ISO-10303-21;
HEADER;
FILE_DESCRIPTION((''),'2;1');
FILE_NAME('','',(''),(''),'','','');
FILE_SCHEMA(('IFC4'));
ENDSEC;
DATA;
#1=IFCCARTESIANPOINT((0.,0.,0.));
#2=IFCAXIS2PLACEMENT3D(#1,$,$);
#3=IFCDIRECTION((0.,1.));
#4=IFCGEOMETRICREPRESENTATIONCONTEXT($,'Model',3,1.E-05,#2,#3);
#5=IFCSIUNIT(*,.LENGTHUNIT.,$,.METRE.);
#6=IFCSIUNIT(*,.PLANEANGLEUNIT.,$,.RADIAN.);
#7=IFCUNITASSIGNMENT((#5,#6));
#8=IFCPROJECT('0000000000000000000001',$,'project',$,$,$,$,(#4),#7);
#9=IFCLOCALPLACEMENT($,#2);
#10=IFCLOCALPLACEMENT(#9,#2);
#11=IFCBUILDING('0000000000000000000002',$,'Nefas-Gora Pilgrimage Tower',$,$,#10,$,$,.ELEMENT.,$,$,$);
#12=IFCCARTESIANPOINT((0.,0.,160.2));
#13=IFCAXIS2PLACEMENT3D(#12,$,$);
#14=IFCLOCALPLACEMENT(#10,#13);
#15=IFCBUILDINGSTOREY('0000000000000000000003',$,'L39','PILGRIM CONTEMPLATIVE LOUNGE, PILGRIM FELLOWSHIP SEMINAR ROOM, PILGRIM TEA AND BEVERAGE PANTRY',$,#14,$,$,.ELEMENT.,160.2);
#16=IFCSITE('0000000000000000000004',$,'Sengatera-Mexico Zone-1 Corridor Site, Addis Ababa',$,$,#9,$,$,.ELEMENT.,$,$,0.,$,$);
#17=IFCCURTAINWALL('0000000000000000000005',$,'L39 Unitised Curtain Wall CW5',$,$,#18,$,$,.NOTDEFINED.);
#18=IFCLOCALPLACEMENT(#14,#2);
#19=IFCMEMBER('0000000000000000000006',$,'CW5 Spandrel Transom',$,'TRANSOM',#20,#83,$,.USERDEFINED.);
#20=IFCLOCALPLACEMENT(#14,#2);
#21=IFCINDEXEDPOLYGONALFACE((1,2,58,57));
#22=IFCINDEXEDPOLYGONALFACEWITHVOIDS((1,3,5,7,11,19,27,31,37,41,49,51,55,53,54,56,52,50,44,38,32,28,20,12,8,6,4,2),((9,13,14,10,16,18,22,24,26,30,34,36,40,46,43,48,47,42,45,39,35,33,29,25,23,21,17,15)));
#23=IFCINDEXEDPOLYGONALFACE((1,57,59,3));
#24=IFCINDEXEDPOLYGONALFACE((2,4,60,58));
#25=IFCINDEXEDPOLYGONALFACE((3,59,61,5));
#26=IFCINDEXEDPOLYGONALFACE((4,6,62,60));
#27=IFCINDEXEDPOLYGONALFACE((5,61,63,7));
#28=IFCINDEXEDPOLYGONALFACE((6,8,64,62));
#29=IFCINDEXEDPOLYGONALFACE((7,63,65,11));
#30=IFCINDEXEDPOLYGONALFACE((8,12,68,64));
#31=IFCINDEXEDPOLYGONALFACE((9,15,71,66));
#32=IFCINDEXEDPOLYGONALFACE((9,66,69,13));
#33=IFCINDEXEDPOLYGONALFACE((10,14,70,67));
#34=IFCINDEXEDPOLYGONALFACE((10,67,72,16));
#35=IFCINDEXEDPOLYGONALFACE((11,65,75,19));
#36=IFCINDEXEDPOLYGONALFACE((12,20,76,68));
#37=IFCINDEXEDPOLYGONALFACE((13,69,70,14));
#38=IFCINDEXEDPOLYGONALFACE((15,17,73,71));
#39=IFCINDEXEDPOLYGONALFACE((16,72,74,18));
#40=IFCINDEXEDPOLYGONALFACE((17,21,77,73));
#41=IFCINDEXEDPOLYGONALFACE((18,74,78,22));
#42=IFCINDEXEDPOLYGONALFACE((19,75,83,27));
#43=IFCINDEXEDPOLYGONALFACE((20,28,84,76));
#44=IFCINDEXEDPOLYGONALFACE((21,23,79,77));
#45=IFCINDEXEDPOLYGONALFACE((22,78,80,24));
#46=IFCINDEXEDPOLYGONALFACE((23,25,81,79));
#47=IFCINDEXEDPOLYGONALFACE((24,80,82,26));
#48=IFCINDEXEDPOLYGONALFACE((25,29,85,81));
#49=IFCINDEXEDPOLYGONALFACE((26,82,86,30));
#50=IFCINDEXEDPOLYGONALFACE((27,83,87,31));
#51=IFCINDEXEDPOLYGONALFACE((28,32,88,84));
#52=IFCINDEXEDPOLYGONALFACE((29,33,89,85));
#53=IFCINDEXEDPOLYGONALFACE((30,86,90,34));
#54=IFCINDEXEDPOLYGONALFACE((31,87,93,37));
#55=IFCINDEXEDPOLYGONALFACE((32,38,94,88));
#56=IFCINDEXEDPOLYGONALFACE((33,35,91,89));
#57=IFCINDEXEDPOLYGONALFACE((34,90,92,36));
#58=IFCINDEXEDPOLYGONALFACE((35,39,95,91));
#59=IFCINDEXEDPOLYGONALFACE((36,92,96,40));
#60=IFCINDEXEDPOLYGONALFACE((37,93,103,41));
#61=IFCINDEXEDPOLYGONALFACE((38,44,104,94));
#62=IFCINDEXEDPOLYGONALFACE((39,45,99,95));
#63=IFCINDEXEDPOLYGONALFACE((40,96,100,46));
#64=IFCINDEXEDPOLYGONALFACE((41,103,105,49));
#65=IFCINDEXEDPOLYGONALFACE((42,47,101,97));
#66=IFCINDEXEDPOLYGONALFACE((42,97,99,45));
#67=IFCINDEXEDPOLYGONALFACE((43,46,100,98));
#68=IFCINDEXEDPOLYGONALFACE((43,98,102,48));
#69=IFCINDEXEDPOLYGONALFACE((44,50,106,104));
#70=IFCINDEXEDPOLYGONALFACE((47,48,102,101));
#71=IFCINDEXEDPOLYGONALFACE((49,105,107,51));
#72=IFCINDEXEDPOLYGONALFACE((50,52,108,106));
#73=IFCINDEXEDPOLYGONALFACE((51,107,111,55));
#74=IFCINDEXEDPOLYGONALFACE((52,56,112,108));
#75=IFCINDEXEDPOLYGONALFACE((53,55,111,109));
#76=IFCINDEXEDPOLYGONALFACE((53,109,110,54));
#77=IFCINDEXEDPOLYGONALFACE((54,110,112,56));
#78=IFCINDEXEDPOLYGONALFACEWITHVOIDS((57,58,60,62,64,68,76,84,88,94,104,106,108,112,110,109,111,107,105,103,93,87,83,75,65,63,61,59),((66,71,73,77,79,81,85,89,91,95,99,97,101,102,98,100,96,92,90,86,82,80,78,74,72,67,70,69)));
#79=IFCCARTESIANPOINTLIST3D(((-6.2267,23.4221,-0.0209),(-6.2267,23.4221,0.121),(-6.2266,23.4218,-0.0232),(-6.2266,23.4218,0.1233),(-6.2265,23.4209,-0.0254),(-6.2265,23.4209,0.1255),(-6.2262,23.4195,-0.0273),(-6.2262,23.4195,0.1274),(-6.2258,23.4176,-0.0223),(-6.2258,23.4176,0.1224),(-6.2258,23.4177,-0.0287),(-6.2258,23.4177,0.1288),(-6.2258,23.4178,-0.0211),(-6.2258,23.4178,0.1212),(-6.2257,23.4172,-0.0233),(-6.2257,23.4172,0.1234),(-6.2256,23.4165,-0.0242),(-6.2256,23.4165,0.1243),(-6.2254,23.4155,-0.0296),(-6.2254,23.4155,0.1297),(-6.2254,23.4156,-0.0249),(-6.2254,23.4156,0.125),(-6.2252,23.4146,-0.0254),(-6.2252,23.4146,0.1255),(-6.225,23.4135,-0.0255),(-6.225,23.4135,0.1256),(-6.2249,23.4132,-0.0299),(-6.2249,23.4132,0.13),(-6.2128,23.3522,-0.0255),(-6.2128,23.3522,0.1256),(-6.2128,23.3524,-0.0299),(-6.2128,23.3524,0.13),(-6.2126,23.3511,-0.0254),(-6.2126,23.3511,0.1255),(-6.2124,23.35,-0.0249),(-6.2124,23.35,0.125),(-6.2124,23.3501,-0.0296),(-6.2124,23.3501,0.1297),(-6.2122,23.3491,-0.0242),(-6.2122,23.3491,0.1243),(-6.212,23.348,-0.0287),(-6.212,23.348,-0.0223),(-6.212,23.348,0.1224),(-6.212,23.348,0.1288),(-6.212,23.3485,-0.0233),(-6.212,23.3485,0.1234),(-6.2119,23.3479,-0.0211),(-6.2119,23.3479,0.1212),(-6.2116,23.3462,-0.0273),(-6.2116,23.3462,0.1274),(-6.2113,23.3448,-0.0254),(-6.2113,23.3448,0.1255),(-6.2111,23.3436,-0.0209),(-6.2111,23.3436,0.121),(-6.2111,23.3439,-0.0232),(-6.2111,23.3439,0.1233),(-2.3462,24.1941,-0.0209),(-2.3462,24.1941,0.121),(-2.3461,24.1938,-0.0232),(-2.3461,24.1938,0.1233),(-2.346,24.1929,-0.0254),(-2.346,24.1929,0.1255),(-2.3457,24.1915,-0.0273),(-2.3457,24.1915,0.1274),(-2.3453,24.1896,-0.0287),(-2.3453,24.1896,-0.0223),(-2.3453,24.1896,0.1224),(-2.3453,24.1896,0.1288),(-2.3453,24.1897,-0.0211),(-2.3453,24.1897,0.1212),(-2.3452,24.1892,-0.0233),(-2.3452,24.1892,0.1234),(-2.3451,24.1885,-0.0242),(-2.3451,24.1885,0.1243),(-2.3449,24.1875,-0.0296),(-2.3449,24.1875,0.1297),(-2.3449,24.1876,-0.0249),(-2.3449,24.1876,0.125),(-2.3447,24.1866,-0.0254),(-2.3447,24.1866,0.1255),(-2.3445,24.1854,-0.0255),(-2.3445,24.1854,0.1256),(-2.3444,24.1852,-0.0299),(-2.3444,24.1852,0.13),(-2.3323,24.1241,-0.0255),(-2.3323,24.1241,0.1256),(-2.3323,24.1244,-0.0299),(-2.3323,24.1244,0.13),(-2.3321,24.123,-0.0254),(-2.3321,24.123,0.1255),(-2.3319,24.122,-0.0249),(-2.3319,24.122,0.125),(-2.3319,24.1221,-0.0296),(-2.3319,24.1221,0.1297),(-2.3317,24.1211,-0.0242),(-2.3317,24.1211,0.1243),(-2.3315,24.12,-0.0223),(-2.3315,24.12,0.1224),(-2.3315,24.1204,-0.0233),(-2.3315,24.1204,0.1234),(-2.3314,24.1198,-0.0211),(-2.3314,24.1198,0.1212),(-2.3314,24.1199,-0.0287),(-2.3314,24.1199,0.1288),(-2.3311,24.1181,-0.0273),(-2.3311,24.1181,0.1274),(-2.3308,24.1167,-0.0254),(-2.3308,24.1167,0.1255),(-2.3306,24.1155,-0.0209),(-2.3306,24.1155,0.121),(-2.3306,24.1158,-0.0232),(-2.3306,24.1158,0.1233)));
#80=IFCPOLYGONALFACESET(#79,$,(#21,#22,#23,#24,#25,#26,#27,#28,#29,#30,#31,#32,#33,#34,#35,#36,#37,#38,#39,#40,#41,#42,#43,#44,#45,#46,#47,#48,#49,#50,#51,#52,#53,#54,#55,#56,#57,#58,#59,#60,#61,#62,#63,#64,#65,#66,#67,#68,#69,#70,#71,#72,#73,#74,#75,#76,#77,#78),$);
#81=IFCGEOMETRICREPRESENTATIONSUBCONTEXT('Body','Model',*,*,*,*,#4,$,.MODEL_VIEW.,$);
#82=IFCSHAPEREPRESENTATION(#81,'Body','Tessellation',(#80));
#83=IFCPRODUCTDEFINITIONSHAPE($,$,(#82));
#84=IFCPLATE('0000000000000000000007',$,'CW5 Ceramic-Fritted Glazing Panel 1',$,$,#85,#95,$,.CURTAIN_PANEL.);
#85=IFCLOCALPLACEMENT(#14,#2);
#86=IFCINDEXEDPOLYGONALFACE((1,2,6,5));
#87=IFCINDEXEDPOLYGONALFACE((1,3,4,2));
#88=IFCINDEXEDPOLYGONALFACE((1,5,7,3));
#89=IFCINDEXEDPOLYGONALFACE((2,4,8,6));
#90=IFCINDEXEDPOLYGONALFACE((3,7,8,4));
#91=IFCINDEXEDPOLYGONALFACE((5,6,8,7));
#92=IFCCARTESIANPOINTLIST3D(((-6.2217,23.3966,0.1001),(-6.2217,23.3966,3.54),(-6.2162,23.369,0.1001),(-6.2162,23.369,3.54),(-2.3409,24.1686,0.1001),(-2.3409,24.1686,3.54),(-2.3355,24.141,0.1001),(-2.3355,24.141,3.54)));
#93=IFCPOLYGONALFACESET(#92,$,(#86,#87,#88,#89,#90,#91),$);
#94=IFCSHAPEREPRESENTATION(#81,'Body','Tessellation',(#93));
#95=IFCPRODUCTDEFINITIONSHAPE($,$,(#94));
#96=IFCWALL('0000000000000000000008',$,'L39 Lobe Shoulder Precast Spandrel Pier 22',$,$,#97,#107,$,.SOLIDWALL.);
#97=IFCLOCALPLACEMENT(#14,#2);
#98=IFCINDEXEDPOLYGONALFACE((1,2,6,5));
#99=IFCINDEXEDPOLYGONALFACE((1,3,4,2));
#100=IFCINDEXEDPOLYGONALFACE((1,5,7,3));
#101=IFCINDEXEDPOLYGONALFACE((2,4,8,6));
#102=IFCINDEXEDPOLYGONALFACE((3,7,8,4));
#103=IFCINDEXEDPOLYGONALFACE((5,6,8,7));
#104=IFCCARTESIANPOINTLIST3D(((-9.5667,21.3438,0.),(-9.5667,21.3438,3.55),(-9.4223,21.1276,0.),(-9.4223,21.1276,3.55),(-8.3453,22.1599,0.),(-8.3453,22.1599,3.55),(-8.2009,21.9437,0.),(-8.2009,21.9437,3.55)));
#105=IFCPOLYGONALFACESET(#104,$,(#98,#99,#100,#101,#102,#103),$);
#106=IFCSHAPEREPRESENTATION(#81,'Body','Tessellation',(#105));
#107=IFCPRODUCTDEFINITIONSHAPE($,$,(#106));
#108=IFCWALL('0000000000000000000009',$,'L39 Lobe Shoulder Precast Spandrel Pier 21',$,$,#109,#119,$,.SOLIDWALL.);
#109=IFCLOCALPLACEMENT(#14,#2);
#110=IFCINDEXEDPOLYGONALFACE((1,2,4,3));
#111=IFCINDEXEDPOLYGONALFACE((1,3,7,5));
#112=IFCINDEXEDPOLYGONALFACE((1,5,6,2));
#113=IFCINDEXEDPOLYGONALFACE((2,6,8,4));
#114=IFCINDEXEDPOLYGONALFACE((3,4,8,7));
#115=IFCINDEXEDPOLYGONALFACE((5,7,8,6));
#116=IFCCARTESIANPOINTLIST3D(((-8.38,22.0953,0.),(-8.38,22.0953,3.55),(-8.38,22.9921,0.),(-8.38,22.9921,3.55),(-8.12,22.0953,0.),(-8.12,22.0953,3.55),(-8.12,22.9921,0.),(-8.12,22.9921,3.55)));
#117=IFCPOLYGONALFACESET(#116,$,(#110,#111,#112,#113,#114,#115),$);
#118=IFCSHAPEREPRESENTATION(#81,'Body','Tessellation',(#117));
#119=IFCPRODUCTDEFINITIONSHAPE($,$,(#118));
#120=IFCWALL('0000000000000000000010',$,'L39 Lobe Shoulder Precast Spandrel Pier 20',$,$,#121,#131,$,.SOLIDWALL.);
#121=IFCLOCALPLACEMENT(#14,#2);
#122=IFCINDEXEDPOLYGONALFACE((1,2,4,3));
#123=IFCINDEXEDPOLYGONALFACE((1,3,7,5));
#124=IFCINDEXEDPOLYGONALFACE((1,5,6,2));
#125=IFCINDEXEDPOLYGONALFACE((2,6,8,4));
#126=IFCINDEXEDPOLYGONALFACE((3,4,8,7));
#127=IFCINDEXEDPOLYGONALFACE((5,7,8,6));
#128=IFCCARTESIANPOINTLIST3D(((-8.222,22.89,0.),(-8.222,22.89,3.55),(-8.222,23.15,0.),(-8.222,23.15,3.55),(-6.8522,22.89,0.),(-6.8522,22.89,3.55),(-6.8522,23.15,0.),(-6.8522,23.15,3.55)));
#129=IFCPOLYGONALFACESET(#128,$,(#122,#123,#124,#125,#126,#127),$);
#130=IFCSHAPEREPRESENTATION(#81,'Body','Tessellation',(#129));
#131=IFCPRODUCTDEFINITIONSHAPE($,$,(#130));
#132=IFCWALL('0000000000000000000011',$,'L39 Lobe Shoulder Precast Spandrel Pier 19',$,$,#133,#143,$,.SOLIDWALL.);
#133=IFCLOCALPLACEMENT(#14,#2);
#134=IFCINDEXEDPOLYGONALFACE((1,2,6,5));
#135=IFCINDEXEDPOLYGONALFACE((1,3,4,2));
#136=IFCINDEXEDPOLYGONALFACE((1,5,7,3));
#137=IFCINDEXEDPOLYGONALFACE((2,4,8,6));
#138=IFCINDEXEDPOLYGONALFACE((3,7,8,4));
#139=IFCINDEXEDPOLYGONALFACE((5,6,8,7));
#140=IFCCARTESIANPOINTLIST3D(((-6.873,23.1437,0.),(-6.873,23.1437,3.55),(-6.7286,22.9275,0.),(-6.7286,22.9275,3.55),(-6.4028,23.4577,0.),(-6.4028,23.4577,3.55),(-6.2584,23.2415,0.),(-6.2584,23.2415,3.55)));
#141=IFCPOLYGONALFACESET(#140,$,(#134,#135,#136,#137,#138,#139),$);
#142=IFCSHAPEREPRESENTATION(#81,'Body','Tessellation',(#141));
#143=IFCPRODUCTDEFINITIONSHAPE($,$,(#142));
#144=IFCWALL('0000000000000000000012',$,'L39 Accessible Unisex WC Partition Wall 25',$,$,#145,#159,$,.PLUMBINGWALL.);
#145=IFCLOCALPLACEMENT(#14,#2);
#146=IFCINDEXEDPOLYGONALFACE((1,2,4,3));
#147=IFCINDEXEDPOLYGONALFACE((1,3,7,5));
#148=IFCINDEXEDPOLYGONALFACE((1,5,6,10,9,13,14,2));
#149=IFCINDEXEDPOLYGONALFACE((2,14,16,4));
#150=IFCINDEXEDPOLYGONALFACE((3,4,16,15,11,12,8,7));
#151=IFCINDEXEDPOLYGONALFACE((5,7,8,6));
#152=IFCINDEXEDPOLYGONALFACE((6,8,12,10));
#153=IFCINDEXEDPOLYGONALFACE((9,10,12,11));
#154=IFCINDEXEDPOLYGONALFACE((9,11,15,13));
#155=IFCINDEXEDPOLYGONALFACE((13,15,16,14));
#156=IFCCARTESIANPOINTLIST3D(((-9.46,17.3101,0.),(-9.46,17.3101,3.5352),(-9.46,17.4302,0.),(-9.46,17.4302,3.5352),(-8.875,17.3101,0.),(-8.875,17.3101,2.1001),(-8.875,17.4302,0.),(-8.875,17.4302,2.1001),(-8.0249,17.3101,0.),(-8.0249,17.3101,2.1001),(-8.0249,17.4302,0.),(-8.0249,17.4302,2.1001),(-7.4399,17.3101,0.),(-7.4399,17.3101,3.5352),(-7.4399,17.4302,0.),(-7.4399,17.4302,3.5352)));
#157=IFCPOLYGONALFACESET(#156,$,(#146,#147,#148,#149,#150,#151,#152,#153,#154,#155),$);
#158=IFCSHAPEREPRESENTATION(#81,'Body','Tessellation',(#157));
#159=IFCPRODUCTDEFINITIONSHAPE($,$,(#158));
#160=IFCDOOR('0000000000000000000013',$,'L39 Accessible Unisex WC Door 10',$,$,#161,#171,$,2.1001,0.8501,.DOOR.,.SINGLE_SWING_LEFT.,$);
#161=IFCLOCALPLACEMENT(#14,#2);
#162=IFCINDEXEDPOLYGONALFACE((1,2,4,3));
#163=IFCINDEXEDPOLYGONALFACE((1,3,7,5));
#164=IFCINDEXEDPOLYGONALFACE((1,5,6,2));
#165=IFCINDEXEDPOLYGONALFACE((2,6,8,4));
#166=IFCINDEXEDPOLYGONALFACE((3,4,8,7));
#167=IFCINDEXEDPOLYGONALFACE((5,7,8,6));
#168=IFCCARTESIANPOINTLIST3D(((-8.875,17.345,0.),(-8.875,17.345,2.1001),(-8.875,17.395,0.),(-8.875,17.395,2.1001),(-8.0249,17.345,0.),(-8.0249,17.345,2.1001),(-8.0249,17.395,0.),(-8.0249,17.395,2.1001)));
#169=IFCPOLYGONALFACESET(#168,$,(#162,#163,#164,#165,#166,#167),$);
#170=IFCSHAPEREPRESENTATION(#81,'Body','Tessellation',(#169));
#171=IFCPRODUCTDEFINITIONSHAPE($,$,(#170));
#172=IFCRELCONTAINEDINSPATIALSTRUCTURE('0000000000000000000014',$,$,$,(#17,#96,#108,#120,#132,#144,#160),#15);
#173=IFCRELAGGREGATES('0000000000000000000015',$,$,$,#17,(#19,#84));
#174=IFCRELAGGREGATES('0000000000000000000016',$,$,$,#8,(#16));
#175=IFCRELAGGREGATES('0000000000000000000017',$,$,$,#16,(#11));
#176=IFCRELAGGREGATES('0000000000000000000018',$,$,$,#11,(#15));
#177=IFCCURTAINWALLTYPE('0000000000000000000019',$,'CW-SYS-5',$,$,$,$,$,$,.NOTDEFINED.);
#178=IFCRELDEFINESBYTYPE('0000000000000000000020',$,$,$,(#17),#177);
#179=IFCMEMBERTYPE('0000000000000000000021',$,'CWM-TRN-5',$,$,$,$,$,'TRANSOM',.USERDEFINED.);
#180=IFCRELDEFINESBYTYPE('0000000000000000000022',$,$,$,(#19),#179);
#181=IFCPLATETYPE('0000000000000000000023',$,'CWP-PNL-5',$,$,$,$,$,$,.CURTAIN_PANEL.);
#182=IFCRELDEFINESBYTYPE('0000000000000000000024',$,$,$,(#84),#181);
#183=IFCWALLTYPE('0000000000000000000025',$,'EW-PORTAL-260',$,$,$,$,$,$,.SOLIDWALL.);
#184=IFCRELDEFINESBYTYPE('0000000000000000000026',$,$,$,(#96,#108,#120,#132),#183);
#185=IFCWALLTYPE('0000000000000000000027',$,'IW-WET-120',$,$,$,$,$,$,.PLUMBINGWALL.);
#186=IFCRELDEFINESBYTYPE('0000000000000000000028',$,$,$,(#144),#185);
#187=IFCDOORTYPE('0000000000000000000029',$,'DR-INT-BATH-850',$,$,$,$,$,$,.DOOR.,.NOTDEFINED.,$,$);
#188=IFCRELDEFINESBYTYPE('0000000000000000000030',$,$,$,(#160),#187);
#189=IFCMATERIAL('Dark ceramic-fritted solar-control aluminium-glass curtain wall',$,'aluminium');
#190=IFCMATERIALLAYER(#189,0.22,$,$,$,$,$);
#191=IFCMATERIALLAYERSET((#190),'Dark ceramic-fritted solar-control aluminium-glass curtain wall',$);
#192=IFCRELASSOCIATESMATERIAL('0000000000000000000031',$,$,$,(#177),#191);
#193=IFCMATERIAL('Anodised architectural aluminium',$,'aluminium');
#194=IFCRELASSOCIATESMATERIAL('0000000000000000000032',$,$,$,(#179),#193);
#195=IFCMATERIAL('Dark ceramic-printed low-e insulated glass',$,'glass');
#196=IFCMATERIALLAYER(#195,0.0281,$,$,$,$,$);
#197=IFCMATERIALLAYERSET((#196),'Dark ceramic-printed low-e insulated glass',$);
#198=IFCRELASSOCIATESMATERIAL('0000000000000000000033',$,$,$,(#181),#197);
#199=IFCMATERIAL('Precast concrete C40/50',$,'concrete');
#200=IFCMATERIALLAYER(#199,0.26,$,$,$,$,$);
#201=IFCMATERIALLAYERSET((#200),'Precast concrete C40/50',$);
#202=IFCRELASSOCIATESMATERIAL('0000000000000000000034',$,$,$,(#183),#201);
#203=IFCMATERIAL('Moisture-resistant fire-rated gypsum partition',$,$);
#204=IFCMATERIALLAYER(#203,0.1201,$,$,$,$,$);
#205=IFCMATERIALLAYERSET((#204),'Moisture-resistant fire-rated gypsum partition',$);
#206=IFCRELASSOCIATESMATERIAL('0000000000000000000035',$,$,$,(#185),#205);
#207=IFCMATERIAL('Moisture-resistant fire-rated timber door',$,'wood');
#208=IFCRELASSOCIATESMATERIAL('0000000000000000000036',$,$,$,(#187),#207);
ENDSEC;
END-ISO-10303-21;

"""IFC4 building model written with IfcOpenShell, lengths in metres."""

from ifc_helpers import new_model, si_unit, direction, frame, frame_2d, origin, origin_2d, place, context, subcontext, project, spatial, rectangle, hollow_rectangle, extrude, source, transform, mapped, material, layer, layer_set, material_profile, profile_set, type_object, element, fill, aggregate, save


model = new_model("IFC4")

# Units and contexts
model_context = context("Model", 3, precision=1e-05, world=origin(), true_north=direction((0.0, 1.0)))
body_context = subcontext(model_context, "Body", "Model", "MODEL_VIEW")
ifc_project = project(units=[si_unit("LENGTHUNIT", "METRE"), si_unit("PLANEANGLEUNIT", "RADIAN")], contexts=[model_context])

# Site, building, storey
site_placement = place(None, origin())
site = spatial("IfcSite", under=ifc_project, at=site_placement, Name="Sengatera-Mexico Zone-1 Corridor Site, Addis Ababa", CompositionType="ELEMENT", RefElevation=0.0)
building_placement = place(site_placement, origin())
building = spatial("IfcBuilding", under=site, at=building_placement, Name="Nefas-Gora Pilgrimage Tower", CompositionType="ELEMENT")
storey_placement = place(building_placement, frame((0.0, 0.0, 160.2)))
storey = spatial("IfcBuildingStorey", under=building, at=storey_placement, Name="L39", Description="PILGRIM CONTEMPLATIVE LOUNGE, PILGRIM FELLOWSHIP SEMINAR ROOM, PILGRIM TEA AND BEVERAGE PANTRY", CompositionType="ELEMENT", Elevation=160.2)

# Shared definitions
ifc_material_1 = material(Name="Dark ceramic-fritted solar-control aluminium-glass curtain wall", Category="aluminium")
ifc_layer_1 = layer(ifc_material_1, 0.22)
ifc_layer_set_1 = layer_set([ifc_layer_1], Name="Dark ceramic-fritted solar-control aluminium-glass curtain wall")
curtain_wall_type = type_object("IfcCurtainWallType", Name="CW-SYS-5", PredefinedType="NOTDEFINED", material=ifc_layer_set_1)
ifc_material_2 = material(Name="Anodised architectural aluminium", Category="aluminium")

# Curtain wall
curtain_wall_1_placement = place(storey_placement, origin())
curtain_wall_1 = element("IfcCurtainWall", 1, at=curtain_wall_1_placement, inside=storey, type_object=curtain_wall_type, Name="L39 Unitised Curtain Wall CW5", PredefinedType="NOTDEFINED")
ifc_material_profile_1 = material_profile(ifc_material_2, hollow_rectangle(XDim=0.0801, YDim=0.1599, WallThickness=0.0044, InnerFilletRadius=0.0044, OuterFilletRadius=0.009, at=origin_2d()), Name="ALU TRANSOM 80x160")
ifc_profile_set_1 = profile_set([ifc_material_profile_1], Name="Anodised architectural aluminium")
member_type_1 = type_object("IfcMemberType", Name="CWM-TRN-5", ElementType="TRANSOM", PredefinedType="USERDEFINED", material=ifc_profile_set_1)

# Member
shared_shape_1 = source(origin(), body_context, "Body", "SweptSolid", [
    extrude(hollow_rectangle(XDim=0.0801, YDim=0.1599, WallThickness=0.0044, InnerFilletRadius=0.0044, OuterFilletRadius=0.009, at=origin_2d()), origin(), (0.0, 0.0, 1.0), 3.9565),
])
member_1_placement = place(storey_placement, frame((-2.3384, 24.1548, 0.05), z_axis=(-0.980782, -0.195107, 0.0), x_axis=(0.195107, -0.980782, 0.0)))
member_1 = element("IfcMember", 2, at=member_1_placement, type_object=member_type_1, Name="CW5 Spandrel Transom", ObjectType="TRANSOM", PredefinedType="USERDEFINED", context=body_context, shape_type="MappedRepresentation", body=[
    mapped(shared_shape_1, transform((0.0, 0.0, 0.0), x_axis=(1.0, 0.0, 0.0), y_axis=(0.0, 1.0, 0.0), z_axis=(0.0, 0.0, 1.0), scale=1.0)),
])

# Plate
ifc_material_3 = material(Name="Dark ceramic-printed low-e insulated glass", Category="glass")
ifc_layer_2 = layer(ifc_material_3, 0.0281)
ifc_layer_set_2 = layer_set([ifc_layer_2], Name="Dark ceramic-printed low-e insulated glass")
plate_type = type_object("IfcPlateType", Name="CWP-PNL-5", PredefinedType="CURTAIN_PANEL", material=ifc_layer_set_2)
shared_shape_2 = source(origin(), body_context, "Body", "SweptSolid", [
    extrude(rectangle(XDim=3.9568, YDim=0.0281, at=origin_2d()), origin(), (0.0, 0.0, 1.0), 3.4399),
])
plate_placement = place(storey_placement, frame((-4.2786, 23.7688, 0.1001), z_axis=(0.0, 0.0, 1.0), x_axis=(-0.980783, -0.195102, 0.0)))
plate = element("IfcPlate", 3, at=plate_placement, type_object=plate_type, Name="CW5 Ceramic-Fritted Glazing Panel 1", PredefinedType="CURTAIN_PANEL", context=body_context, shape_type="MappedRepresentation", body=[
    mapped(shared_shape_2, transform((0.0, 0.0, 0.0), x_axis=(1.0, 0.0, 0.0), y_axis=(0.0, 1.0, 0.0), z_axis=(0.0, 0.0, 1.0), scale=1.0)),
])
aggregate(curtain_wall_1, [member_1, plate])

# Walls
ifc_material_4 = material(Name="Precast concrete C40/50", Category="concrete")
ifc_layer_3 = layer(ifc_material_4, 0.26)
ifc_layer_set_3 = layer_set([ifc_layer_3], Name="Precast concrete C40/50")
wall_type_1 = type_object("IfcWallType", Name="EW-PORTAL-260", PredefinedType="SOLIDWALL", material=ifc_layer_set_3)
shared_shape_3 = source(origin(), body_context, "Body", "SweptSolid", [
    extrude(rectangle(XDim=1.469, YDim=0.26, at=frame_2d((0.7344, 0.0))), origin(), (0.0, 0.0, 1.0), 3.55),
])
wall_1_placement = place(storey_placement, frame((-8.2732, 22.0518, 0.0), z_axis=(0.0, 0.0, 1.0), x_axis=(-0.831462, -0.555582, 0.0)))
element("IfcWall", 4, at=wall_1_placement, inside=storey, type_object=wall_type_1, Name="L39 Lobe Shoulder Precast Spandrel Pier 22", PredefinedType="SOLIDWALL", context=body_context, shape_type="MappedRepresentation", body=[
    mapped(shared_shape_3, transform((0.0, 0.0, 0.0), x_axis=(1.0, 0.0, 0.0), y_axis=(0.0, 1.0, 0.0), z_axis=(0.0, 0.0, 1.0), scale=1.0)),
])
shared_shape_4 = source(origin(), body_context, "Body", "SweptSolid", [
    extrude(rectangle(XDim=0.8967, YDim=0.26, at=frame_2d((0.4482, 0.0))), origin(), (0.0, 0.0, 1.0), 3.55),
])
wall_2_placement = place(storey_placement, frame((-8.25, 22.9919, 0.0), z_axis=(0.0, 0.0, 1.0), x_axis=(0.0, -1.0, 0.0)))
element("IfcWall", 5, at=wall_2_placement, inside=storey, type_object=wall_type_1, Name="L39 Lobe Shoulder Precast Spandrel Pier 21", PredefinedType="SOLIDWALL", context=body_context, shape_type="MappedRepresentation", body=[
    mapped(shared_shape_4, transform((0.0, 0.0, 0.0), x_axis=(1.0, 0.0, 0.0), y_axis=(0.0, 1.0, 0.0), z_axis=(0.0, 0.0, 1.0), scale=1.0)),
])
shared_shape_5 = source(origin(), body_context, "Body", "SweptSolid", [
    extrude(rectangle(XDim=1.3699, YDim=0.26, at=frame_2d((0.6851, 0.0))), origin(), (0.0, 0.0, 1.0), 3.55),
])
wall_3_placement = place(storey_placement, frame((-6.8521, 23.02, 0.0), z_axis=(0.0, 0.0, 1.0), x_axis=(-1.0, 0.0, 0.0)))
element("IfcWall", 6, at=wall_3_placement, inside=storey, type_object=wall_type_1, Name="L39 Lobe Shoulder Precast Spandrel Pier 20", PredefinedType="SOLIDWALL", context=body_context, shape_type="MappedRepresentation", body=[
    mapped(shared_shape_5, transform((0.0, 0.0, 0.0), x_axis=(1.0, 0.0, 0.0), y_axis=(0.0, 1.0, 0.0), z_axis=(0.0, 0.0, 1.0), scale=1.0)),
])
shared_shape_6 = source(origin(), body_context, "Body", "SweptSolid", [
    extrude(rectangle(XDim=0.5654, YDim=0.26, at=frame_2d((0.2827, 0.0))), origin(), (0.0, 0.0, 1.0), 3.55),
])
wall_4_placement = place(storey_placement, frame((-6.3306, 23.3496, 0.0), z_axis=(0.0, 0.0, 1.0), x_axis=(-0.831651, -0.555298, 0.0)))
element("IfcWall", 7, at=wall_4_placement, inside=storey, type_object=wall_type_1, Name="L39 Lobe Shoulder Precast Spandrel Pier 19", PredefinedType="SOLIDWALL", context=body_context, shape_type="MappedRepresentation", body=[
    mapped(shared_shape_6, transform((0.0, 0.0, 0.0), x_axis=(1.0, 0.0, 0.0), y_axis=(0.0, 1.0, 0.0), z_axis=(0.0, 0.0, 1.0), scale=1.0)),
])

# Wall, opening, door
ifc_material_5 = material(Name="Moisture-resistant fire-rated gypsum partition")
ifc_layer_4 = layer(ifc_material_5, 0.1201)
ifc_layer_set_4 = layer_set([ifc_layer_4], Name="Moisture-resistant fire-rated gypsum partition")
wall_type_2 = type_object("IfcWallType", Name="IW-WET-120", PredefinedType="PLUMBINGWALL", material=ifc_layer_set_4)
shared_shape_7 = source(origin(), body_context, "Body", "SweptSolid", [
    extrude(rectangle(XDim=2.02, YDim=0.1201, at=frame_2d((1.01, 0.0))), origin(), (0.0, 0.0, 1.0), 3.5352),
])
wall_5_placement = place(storey_placement, frame((-9.46, 17.3701, 0.0), z_axis=(0.0, 0.0, 1.0), x_axis=(1.0, 0.0, 0.0)))
wall_5 = element("IfcWall", 8, at=wall_5_placement, inside=storey, type_object=wall_type_2, Name="L39 Accessible Unisex WC Partition Wall 25", PredefinedType="PLUMBINGWALL", context=body_context, shape_type="MappedRepresentation", body=[
    mapped(shared_shape_7, transform((0.0, 0.0, 0.0), x_axis=(1.0, 0.0, 0.0), y_axis=(0.0, 1.0, 0.0), z_axis=(0.0, 0.0, 1.0), scale=1.0)),
])
opening_1_placement = place(wall_5_placement, frame((0.585, 0.0, 0.0)))
opening_1 = element("IfcOpeningElement", 9, at=opening_1_placement, cuts=wall_5, PredefinedType="OPENING", context=body_context, shape_type="SweptSolid", body=[
    extrude(rectangle(XDim=0.8501, YDim=2.1001, at=frame_2d((0.425, 1.05))), frame((0.0, 0.0701, 0.0), z_axis=(0.0, -1.0, 0.0), x_axis=(1.0, 0.0, 0.0)), (0.0, 0.0, 1.0), 0.1401),
])
ifc_material_6 = material(Name="Moisture-resistant fire-rated timber door", Category="wood")
door_type_1 = type_object("IfcDoorType", Name="DR-INT-BATH-850", OperationType="NOTDEFINED", PredefinedType="DOOR", material=ifc_material_6)
shared_shape_8 = source(origin(), body_context, "Body", "SweptSolid", [
    extrude(rectangle(XDim=0.8501, YDim=2.1001, at=frame_2d((0.425, 1.05))), frame((0.0, 0.0249, 0.0), z_axis=(0.0, -1.0, 0.0), x_axis=(1.0, 0.0, 0.0)), (0.0, 0.0, 1.0), 0.05),
])
door_1_placement = place(opening_1_placement, origin())
door_1 = element("IfcDoor", 10, at=door_1_placement, inside=storey, type_object=door_type_1, Name="L39 Accessible Unisex WC Door 10", OperationType="SINGLE_SWING_LEFT", OverallHeight=2.1001, OverallWidth=0.8501, PredefinedType="DOOR", context=body_context, shape_type="MappedRepresentation", body=[
    mapped(shared_shape_8, transform((0.0, 0.0, 0.0), x_axis=(1.0, 0.0, 0.0), y_axis=(0.0, 1.0, 0.0), z_axis=(0.0, 0.0, 1.0), scale=1.0)),
])
fill(opening_1, door_1)

save(model, "model.ifc")
